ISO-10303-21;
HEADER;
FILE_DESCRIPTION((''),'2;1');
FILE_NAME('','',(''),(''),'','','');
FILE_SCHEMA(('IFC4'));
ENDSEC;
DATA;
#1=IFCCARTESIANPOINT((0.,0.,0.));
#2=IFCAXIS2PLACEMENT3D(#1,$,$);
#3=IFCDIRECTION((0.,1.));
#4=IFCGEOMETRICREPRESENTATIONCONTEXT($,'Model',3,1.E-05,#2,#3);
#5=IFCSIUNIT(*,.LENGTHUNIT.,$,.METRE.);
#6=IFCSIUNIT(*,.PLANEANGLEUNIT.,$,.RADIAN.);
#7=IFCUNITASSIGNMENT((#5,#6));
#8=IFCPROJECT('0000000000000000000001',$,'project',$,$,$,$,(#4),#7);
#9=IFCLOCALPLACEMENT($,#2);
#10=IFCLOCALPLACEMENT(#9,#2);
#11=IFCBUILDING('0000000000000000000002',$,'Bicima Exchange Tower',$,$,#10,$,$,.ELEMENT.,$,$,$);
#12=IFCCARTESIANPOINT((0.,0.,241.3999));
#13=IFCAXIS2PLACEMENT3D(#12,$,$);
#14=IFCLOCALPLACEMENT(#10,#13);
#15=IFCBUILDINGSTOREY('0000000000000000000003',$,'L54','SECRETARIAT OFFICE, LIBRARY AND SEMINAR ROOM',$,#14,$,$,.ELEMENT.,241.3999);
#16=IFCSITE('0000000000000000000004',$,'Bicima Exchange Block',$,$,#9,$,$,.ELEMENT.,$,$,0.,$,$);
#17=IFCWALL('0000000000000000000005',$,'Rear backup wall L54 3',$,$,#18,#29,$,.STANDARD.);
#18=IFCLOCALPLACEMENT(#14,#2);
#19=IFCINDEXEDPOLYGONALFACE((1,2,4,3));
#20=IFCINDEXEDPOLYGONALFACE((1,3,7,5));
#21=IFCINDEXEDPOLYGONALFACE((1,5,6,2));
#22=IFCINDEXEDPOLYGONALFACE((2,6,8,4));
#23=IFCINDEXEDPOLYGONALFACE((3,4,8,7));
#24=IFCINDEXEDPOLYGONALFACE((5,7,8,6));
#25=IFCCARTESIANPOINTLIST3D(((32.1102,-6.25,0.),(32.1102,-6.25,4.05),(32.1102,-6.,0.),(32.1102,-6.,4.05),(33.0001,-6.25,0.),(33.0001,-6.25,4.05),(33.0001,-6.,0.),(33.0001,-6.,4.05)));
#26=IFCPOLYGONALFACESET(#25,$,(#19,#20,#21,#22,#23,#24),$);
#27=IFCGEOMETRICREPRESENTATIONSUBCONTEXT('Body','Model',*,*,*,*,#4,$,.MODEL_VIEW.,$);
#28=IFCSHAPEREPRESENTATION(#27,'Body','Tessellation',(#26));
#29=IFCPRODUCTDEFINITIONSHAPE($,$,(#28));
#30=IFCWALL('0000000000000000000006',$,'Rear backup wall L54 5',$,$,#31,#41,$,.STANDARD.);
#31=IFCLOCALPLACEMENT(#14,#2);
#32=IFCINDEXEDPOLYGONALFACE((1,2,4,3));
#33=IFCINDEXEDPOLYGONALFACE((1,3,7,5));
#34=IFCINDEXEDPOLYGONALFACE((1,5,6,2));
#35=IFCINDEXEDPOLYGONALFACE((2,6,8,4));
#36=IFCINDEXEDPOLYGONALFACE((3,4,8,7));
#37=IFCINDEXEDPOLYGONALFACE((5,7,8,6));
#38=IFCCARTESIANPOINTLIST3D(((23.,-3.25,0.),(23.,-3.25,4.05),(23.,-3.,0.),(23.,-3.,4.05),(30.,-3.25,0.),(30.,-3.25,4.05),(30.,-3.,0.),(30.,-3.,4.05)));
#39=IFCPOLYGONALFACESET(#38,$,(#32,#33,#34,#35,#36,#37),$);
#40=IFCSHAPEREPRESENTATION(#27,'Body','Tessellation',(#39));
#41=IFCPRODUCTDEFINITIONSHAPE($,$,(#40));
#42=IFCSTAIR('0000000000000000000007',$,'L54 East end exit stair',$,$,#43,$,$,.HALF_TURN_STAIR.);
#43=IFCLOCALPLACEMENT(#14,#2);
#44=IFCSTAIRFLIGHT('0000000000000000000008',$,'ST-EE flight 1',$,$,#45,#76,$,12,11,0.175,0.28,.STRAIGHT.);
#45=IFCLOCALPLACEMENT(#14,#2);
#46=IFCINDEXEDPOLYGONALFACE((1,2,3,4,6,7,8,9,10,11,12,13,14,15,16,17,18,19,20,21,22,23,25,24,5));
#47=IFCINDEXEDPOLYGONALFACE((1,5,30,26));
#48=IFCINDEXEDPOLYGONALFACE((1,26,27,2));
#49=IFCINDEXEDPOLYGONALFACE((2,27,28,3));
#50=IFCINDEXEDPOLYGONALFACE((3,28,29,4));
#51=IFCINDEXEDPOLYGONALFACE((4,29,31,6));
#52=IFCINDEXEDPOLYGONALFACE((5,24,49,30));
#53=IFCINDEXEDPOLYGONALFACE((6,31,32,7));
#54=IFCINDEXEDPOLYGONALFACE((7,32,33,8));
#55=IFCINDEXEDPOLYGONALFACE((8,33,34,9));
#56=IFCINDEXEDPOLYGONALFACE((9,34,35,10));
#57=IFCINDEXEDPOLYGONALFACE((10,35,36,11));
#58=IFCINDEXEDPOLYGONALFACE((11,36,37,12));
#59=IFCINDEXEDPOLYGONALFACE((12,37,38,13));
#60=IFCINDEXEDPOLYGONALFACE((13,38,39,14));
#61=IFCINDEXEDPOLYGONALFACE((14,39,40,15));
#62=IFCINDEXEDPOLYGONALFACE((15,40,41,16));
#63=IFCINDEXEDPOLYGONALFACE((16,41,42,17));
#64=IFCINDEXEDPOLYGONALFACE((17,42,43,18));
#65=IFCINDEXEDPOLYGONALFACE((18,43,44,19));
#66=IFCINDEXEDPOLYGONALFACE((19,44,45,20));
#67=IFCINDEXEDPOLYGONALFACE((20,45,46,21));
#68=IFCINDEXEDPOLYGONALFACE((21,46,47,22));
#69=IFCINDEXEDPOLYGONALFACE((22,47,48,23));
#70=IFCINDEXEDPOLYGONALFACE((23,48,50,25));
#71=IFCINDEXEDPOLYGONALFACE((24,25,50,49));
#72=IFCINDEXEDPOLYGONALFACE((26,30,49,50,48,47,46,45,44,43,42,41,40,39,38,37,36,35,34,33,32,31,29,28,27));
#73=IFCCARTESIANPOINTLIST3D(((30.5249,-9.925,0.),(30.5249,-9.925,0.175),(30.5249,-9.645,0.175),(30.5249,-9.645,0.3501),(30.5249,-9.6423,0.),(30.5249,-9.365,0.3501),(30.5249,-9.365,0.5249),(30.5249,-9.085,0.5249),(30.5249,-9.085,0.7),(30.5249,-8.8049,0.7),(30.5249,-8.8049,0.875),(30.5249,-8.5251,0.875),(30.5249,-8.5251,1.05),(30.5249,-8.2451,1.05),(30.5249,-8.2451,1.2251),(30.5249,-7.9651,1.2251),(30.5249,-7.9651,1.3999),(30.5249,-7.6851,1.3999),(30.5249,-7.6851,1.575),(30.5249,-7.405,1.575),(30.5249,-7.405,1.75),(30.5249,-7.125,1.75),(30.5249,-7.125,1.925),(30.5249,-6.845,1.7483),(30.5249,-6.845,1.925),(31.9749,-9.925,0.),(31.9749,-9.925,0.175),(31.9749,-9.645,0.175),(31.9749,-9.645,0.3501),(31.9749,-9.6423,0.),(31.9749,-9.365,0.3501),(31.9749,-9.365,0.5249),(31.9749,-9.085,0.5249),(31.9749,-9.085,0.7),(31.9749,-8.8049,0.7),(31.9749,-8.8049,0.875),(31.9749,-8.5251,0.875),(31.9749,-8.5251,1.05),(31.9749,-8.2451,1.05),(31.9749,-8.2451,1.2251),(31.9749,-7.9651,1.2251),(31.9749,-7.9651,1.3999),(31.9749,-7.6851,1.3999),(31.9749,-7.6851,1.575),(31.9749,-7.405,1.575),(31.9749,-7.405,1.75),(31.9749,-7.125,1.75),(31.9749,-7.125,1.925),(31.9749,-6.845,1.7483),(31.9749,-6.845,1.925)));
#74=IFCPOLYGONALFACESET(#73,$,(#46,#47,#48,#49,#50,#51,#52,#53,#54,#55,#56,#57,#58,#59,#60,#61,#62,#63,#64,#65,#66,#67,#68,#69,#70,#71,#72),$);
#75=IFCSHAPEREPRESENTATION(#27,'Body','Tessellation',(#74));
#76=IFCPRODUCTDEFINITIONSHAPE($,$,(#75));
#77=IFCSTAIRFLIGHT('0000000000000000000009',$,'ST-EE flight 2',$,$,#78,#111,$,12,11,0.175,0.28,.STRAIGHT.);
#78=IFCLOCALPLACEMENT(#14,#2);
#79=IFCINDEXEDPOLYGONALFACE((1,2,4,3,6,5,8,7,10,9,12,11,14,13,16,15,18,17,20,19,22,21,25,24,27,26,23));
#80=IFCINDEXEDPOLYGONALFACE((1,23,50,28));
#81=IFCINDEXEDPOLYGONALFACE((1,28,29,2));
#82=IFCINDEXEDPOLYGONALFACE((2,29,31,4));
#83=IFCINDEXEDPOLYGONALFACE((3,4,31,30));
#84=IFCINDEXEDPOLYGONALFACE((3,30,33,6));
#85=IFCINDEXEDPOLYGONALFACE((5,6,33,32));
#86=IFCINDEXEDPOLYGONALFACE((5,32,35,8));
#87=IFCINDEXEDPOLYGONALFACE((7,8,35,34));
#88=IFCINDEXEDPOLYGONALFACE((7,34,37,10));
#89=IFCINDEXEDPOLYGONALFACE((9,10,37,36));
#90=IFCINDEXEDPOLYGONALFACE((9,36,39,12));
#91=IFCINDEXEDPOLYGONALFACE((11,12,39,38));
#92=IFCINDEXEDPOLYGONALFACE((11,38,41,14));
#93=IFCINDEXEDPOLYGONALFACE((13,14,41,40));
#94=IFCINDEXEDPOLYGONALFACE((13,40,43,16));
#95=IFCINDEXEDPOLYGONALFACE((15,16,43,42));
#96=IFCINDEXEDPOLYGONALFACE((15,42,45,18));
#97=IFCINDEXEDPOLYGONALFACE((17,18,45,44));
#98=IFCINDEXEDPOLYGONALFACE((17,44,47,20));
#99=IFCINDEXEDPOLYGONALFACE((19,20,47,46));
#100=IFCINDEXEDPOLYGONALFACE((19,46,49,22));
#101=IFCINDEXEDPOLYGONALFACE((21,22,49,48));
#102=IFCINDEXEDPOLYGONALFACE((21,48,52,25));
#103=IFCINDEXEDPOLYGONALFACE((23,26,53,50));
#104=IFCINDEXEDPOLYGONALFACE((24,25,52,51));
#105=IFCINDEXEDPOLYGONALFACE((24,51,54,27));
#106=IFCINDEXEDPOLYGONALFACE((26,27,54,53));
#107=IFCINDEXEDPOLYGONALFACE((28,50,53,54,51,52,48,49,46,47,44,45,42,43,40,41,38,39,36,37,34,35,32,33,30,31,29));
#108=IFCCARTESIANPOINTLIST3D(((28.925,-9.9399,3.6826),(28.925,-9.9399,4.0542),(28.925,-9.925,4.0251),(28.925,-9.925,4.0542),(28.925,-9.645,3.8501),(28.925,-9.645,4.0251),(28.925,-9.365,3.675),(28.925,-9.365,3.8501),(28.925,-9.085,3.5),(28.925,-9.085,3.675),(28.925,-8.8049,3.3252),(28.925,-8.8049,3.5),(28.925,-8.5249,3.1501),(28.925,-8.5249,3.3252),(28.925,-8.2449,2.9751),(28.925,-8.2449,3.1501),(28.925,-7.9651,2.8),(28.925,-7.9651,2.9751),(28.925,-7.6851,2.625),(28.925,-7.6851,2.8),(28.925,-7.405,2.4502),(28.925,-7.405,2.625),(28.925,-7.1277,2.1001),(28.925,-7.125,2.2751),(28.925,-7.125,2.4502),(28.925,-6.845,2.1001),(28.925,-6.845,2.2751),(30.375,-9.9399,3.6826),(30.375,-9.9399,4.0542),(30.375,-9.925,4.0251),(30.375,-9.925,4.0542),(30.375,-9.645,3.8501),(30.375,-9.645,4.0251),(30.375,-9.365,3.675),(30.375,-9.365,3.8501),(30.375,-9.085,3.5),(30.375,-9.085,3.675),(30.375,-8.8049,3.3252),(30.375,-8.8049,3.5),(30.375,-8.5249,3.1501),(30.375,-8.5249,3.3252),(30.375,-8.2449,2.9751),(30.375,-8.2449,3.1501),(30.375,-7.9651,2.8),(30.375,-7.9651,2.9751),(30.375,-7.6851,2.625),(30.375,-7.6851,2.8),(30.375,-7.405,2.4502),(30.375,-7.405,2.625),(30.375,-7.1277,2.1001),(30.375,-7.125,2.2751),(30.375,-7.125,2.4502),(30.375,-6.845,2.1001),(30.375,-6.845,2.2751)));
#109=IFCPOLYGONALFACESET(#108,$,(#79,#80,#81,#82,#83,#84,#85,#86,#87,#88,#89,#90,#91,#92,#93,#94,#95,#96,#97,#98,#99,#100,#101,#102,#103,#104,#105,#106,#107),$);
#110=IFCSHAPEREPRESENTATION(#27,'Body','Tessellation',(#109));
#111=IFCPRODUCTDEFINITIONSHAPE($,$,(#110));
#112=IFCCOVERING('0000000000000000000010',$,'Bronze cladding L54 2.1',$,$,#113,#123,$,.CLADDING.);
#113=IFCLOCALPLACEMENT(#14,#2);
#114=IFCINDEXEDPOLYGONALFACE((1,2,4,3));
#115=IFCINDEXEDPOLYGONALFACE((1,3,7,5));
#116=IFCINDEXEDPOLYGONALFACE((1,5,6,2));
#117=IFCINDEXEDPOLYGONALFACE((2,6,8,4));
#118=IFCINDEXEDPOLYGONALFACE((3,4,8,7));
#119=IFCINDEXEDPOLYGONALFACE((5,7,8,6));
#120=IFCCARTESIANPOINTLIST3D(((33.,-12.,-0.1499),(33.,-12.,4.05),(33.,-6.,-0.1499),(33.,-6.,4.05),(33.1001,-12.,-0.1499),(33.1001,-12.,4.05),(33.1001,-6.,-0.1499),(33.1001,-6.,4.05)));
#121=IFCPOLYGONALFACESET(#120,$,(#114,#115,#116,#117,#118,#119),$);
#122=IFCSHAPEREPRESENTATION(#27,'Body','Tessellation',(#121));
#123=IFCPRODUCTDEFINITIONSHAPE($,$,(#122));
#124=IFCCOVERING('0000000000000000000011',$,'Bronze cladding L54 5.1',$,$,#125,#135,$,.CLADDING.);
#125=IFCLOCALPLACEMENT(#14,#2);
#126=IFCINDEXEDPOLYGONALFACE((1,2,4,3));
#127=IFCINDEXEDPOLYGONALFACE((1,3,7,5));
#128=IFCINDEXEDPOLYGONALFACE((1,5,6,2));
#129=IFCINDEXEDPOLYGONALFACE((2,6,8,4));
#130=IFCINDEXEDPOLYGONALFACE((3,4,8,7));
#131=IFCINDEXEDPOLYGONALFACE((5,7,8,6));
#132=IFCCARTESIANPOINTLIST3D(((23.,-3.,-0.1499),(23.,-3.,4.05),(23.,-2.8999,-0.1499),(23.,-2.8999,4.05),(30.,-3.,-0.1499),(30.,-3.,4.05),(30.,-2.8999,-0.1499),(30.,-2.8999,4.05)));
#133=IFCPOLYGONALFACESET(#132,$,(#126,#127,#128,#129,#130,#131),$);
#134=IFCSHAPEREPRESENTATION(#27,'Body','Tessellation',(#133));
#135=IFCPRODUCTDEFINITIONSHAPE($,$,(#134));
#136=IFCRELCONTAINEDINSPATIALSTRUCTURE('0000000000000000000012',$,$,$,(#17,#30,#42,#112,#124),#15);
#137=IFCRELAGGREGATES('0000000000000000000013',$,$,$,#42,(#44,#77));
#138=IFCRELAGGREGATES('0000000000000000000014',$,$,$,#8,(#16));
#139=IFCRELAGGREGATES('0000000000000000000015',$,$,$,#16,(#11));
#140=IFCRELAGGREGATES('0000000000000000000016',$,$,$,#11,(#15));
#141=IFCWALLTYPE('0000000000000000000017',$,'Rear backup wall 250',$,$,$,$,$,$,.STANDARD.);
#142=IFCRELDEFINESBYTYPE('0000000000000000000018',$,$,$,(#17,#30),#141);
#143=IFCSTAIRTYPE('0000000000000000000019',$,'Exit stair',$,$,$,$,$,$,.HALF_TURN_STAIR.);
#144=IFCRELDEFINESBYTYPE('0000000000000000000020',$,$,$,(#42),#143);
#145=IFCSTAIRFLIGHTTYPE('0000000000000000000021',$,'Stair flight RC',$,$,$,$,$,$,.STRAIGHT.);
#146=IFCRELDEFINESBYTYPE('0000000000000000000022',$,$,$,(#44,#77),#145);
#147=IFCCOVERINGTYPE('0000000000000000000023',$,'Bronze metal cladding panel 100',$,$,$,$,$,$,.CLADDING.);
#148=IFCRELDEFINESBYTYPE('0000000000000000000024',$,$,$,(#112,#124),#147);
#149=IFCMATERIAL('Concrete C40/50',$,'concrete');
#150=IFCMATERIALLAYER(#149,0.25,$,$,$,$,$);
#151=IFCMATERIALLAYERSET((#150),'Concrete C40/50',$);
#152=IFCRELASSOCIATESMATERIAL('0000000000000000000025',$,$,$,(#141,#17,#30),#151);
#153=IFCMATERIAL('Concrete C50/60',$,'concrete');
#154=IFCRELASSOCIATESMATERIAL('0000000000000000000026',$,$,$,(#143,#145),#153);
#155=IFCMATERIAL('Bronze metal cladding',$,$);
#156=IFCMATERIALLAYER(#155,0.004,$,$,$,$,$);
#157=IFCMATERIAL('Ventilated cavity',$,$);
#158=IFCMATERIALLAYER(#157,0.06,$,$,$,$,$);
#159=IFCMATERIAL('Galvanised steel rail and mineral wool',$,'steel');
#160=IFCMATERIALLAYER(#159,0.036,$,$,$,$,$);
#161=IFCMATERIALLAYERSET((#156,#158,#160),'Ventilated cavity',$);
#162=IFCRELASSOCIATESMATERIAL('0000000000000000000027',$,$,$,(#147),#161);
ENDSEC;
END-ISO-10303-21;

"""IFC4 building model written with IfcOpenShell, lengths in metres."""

from ifc_helpers import new_model, si_unit, direction, frame, frame_2d, origin, origin_2d, place, context, subcontext, project, spatial, polyline, rectangle, outline, extrude, material, layer, layer_set, layer_usage, type_object, element, aggregate, save


model = new_model("IFC4")

# Units and contexts
model_context = context("Model", 3, precision=1e-05, world=origin(), true_north=direction((0.0, 1.0)))
body_context = subcontext(model_context, "Body", "Model", "MODEL_VIEW")
ifc_project = project(units=[si_unit("LENGTHUNIT", "METRE"), si_unit("PLANEANGLEUNIT", "RADIAN")], contexts=[model_context])

# Site, building, storey
site_placement = place(None, origin())
site = spatial("IfcSite", under=ifc_project, at=site_placement, Name="Bicima Exchange Block", CompositionType="ELEMENT", RefElevation=0.0)
building_placement = place(site_placement, origin())
building = spatial("IfcBuilding", under=site, at=building_placement, Name="Bicima Exchange Tower", CompositionType="ELEMENT")
storey_placement = place(building_placement, frame((0.0, 0.0, 241.3999)))
storey = spatial("IfcBuildingStorey", under=building, at=storey_placement, Name="L54", Description="SECRETARIAT OFFICE, LIBRARY AND SEMINAR ROOM", CompositionType="ELEMENT", Elevation=241.3999)

# Walls
ifc_material_1 = material(Name="Concrete C50/60", Category="concrete")
ifc_material_2 = material(Name="Concrete C40/50", Category="concrete")
ifc_layer_1 = layer(ifc_material_2, 0.25)
ifc_layer_set_1 = layer_set([ifc_layer_1], Name="Concrete C40/50")
ifc_layer_usage = layer_usage(ifc_layer_set_1, "AXIS2", "POSITIVE", -0.125)
wall_type_1 = type_object("IfcWallType", Name="Rear backup wall 250", PredefinedType="STANDARD", material=ifc_layer_set_1)
wall_1_placement = place(storey_placement, frame((33.0, -6.125, 0.0), z_axis=(0.0, 0.0, 1.0), x_axis=(-1.0, 0.0, 0.0)))
element("IfcWall", 1, at=wall_1_placement, inside=storey, type_object=wall_type_1, material=ifc_layer_usage, Name="Rear backup wall L54 3", PredefinedType="STANDARD", context=body_context, shape_type="SweptSolid", body=[
    extrude(rectangle(XDim=0.8899, YDim=0.25, at=frame_2d((0.4448, 0.0))), origin(), (0.0, 0.0, 1.0), 4.05),
])
wall_2_placement = place(storey_placement, frame((30.0, -3.125, 0.0), z_axis=(0.0, 0.0, 1.0), x_axis=(-1.0, 0.0, 0.0)))
element("IfcWall", 2, at=wall_2_placement, inside=storey, type_object=wall_type_1, material=ifc_layer_usage, Name="Rear backup wall L54 5", PredefinedType="STANDARD", context=body_context, shape_type="SweptSolid", body=[
    extrude(rectangle(XDim=7.0, YDim=0.25, at=frame_2d((3.5, 0.0))), origin(), (0.0, 0.0, 1.0), 4.05),
])

# Stair, stair flights
stair_type = type_object("IfcStairType", Name="Exit stair", PredefinedType="HALF_TURN_STAIR", material=ifc_material_1)
stair_placement = place(storey_placement, origin())
stair = element("IfcStair", 3, at=stair_placement, inside=storey, type_object=stair_type, Name="L54 East end exit stair", PredefinedType="HALF_TURN_STAIR")
stair_flight_type = type_object("IfcStairFlightType", Name="Stair flight RC", PredefinedType="STRAIGHT", material=ifc_material_1)
stair_flight_1_placement = place(storey_placement, frame((31.25, -9.925, 0.0), z_axis=(0.0, 0.0, 1.0), x_axis=(0.0, 1.0, 0.0)))
stair_flight_1 = element("IfcStairFlight", 4, at=stair_flight_1_placement, type_object=stair_flight_type, Name="ST-EE flight 1", NumberOfRisers=12, NumberOfTreads=11, PredefinedType="STRAIGHT", RiserHeight=0.175, TreadLength=0.28, context=body_context, shape_type="SweptSolid", body=[
    extrude(outline(polyline([(0.0, 0.0), (0.0, 0.175), (0.28, 0.175), (0.28, 0.3501), (0.5601, 0.3501), (0.5601, 0.5249), (0.8401, 0.5249), (0.8401, 0.7), (1.1201, 0.7), (1.1201, 0.875), (1.3999, 0.875), (1.3999, 1.05), (1.6799, 1.05), (1.6799, 1.2251), (1.96, 1.2251), (1.96, 1.3999), (2.24, 1.3999), (2.24, 1.575), (2.52, 1.575), (2.52, 1.75), (2.8, 1.75), (2.8, 1.925), (3.0801, 1.925), (3.0801, 2.1001), (3.0801, 1.7483), (0.2827, 0.0), (0.0, 0.0)])), frame((0.0, 0.7251, 0.0), z_axis=(0.0, -1.0, 0.0), x_axis=(1.0, 0.0, 0.0)), (0.0, 0.0, 1.0), 1.45),
])
stair_flight_2_placement = place(storey_placement, frame((29.6499, -6.845, 2.1001), z_axis=(0.0, 0.0, 1.0), x_axis=(0.0, -1.0, 0.0)))
stair_flight_2 = element("IfcStairFlight", 5, at=stair_flight_2_placement, type_object=stair_flight_type, Name="ST-EE flight 2", NumberOfRisers=12, NumberOfTreads=11, PredefinedType="STRAIGHT", RiserHeight=0.175, TreadLength=0.28, context=body_context, shape_type="SweptSolid", body=[
    extrude(outline(polyline([(0.0, 0.0), (0.0, 0.175), (0.28, 0.175), (0.28, 0.3501), (0.5601, 0.3501), (0.5601, 0.5249), (0.8401, 0.5249), (0.8401, 0.7), (1.1201, 0.7), (1.1201, 0.875), (1.3999, 0.875), (1.3999, 1.05), (1.6799, 1.05), (1.6799, 1.2251), (1.96, 1.2251), (1.96, 1.3999), (2.24, 1.3999), (2.24, 1.575), (2.52, 1.575), (2.52, 1.75), (2.8, 1.75), (2.8, 1.925), (3.0801, 1.925), (3.0801, 1.9541), (3.095, 1.9541), (3.095, 1.5825), (0.2827, 0.0), (0.0, 0.0)])), frame((0.0, 0.7251, 0.0), z_axis=(0.0, -1.0, 0.0), x_axis=(1.0, 0.0, 0.0)), (0.0, 0.0, 1.0), 1.45),
])
aggregate(stair, [stair_flight_1, stair_flight_2])

# Coverings
ifc_material_3 = material(Name="Bronze metal cladding")
ifc_layer_2 = layer(ifc_material_3, 0.004)
ifc_material_4 = material(Name="Ventilated cavity")
ifc_layer_3 = layer(ifc_material_4, 0.06)
ifc_material_5 = material(Name="Galvanised steel rail and mineral wool", Category="steel")
ifc_layer_4 = layer(ifc_material_5, 0.036)
ifc_layer_set_2 = layer_set([ifc_layer_2, ifc_layer_3, ifc_layer_4], Name="Ventilated cavity")
covering_type = type_object("IfcCoveringType", Name="Bronze metal cladding panel 100", PredefinedType="CLADDING", material=ifc_layer_set_2)
covering_1_placement = place(storey_placement, frame((33.05, -9.0, -0.1499), z_axis=(0.0, 0.0, 1.0), x_axis=(0.0, 1.0, 0.0)))
element("IfcCovering", 6, at=covering_1_placement, inside=storey, type_object=covering_type, Name="Bronze cladding L54 2.1", PredefinedType="CLADDING", context=body_context, shape_type="SweptSolid", body=[
    extrude(rectangle(XDim=6.0, YDim=0.1001, at=origin_2d()), origin(), (0.0, 0.0, 1.0), 4.2),
])
covering_2_placement = place(storey_placement, frame((26.5, -2.95, -0.1499), z_axis=(0.0, 0.0, 1.0), x_axis=(-1.0, 0.0, 0.0)))
element("IfcCovering", 7, at=covering_2_placement, inside=storey, type_object=covering_type, Name="Bronze cladding L54 5.1", PredefinedType="CLADDING", context=body_context, shape_type="SweptSolid", body=[
    extrude(rectangle(XDim=7.0, YDim=0.1001, at=origin_2d()), origin(), (0.0, 0.0, 1.0), 4.2),
])

save(model, "model.ifc")
